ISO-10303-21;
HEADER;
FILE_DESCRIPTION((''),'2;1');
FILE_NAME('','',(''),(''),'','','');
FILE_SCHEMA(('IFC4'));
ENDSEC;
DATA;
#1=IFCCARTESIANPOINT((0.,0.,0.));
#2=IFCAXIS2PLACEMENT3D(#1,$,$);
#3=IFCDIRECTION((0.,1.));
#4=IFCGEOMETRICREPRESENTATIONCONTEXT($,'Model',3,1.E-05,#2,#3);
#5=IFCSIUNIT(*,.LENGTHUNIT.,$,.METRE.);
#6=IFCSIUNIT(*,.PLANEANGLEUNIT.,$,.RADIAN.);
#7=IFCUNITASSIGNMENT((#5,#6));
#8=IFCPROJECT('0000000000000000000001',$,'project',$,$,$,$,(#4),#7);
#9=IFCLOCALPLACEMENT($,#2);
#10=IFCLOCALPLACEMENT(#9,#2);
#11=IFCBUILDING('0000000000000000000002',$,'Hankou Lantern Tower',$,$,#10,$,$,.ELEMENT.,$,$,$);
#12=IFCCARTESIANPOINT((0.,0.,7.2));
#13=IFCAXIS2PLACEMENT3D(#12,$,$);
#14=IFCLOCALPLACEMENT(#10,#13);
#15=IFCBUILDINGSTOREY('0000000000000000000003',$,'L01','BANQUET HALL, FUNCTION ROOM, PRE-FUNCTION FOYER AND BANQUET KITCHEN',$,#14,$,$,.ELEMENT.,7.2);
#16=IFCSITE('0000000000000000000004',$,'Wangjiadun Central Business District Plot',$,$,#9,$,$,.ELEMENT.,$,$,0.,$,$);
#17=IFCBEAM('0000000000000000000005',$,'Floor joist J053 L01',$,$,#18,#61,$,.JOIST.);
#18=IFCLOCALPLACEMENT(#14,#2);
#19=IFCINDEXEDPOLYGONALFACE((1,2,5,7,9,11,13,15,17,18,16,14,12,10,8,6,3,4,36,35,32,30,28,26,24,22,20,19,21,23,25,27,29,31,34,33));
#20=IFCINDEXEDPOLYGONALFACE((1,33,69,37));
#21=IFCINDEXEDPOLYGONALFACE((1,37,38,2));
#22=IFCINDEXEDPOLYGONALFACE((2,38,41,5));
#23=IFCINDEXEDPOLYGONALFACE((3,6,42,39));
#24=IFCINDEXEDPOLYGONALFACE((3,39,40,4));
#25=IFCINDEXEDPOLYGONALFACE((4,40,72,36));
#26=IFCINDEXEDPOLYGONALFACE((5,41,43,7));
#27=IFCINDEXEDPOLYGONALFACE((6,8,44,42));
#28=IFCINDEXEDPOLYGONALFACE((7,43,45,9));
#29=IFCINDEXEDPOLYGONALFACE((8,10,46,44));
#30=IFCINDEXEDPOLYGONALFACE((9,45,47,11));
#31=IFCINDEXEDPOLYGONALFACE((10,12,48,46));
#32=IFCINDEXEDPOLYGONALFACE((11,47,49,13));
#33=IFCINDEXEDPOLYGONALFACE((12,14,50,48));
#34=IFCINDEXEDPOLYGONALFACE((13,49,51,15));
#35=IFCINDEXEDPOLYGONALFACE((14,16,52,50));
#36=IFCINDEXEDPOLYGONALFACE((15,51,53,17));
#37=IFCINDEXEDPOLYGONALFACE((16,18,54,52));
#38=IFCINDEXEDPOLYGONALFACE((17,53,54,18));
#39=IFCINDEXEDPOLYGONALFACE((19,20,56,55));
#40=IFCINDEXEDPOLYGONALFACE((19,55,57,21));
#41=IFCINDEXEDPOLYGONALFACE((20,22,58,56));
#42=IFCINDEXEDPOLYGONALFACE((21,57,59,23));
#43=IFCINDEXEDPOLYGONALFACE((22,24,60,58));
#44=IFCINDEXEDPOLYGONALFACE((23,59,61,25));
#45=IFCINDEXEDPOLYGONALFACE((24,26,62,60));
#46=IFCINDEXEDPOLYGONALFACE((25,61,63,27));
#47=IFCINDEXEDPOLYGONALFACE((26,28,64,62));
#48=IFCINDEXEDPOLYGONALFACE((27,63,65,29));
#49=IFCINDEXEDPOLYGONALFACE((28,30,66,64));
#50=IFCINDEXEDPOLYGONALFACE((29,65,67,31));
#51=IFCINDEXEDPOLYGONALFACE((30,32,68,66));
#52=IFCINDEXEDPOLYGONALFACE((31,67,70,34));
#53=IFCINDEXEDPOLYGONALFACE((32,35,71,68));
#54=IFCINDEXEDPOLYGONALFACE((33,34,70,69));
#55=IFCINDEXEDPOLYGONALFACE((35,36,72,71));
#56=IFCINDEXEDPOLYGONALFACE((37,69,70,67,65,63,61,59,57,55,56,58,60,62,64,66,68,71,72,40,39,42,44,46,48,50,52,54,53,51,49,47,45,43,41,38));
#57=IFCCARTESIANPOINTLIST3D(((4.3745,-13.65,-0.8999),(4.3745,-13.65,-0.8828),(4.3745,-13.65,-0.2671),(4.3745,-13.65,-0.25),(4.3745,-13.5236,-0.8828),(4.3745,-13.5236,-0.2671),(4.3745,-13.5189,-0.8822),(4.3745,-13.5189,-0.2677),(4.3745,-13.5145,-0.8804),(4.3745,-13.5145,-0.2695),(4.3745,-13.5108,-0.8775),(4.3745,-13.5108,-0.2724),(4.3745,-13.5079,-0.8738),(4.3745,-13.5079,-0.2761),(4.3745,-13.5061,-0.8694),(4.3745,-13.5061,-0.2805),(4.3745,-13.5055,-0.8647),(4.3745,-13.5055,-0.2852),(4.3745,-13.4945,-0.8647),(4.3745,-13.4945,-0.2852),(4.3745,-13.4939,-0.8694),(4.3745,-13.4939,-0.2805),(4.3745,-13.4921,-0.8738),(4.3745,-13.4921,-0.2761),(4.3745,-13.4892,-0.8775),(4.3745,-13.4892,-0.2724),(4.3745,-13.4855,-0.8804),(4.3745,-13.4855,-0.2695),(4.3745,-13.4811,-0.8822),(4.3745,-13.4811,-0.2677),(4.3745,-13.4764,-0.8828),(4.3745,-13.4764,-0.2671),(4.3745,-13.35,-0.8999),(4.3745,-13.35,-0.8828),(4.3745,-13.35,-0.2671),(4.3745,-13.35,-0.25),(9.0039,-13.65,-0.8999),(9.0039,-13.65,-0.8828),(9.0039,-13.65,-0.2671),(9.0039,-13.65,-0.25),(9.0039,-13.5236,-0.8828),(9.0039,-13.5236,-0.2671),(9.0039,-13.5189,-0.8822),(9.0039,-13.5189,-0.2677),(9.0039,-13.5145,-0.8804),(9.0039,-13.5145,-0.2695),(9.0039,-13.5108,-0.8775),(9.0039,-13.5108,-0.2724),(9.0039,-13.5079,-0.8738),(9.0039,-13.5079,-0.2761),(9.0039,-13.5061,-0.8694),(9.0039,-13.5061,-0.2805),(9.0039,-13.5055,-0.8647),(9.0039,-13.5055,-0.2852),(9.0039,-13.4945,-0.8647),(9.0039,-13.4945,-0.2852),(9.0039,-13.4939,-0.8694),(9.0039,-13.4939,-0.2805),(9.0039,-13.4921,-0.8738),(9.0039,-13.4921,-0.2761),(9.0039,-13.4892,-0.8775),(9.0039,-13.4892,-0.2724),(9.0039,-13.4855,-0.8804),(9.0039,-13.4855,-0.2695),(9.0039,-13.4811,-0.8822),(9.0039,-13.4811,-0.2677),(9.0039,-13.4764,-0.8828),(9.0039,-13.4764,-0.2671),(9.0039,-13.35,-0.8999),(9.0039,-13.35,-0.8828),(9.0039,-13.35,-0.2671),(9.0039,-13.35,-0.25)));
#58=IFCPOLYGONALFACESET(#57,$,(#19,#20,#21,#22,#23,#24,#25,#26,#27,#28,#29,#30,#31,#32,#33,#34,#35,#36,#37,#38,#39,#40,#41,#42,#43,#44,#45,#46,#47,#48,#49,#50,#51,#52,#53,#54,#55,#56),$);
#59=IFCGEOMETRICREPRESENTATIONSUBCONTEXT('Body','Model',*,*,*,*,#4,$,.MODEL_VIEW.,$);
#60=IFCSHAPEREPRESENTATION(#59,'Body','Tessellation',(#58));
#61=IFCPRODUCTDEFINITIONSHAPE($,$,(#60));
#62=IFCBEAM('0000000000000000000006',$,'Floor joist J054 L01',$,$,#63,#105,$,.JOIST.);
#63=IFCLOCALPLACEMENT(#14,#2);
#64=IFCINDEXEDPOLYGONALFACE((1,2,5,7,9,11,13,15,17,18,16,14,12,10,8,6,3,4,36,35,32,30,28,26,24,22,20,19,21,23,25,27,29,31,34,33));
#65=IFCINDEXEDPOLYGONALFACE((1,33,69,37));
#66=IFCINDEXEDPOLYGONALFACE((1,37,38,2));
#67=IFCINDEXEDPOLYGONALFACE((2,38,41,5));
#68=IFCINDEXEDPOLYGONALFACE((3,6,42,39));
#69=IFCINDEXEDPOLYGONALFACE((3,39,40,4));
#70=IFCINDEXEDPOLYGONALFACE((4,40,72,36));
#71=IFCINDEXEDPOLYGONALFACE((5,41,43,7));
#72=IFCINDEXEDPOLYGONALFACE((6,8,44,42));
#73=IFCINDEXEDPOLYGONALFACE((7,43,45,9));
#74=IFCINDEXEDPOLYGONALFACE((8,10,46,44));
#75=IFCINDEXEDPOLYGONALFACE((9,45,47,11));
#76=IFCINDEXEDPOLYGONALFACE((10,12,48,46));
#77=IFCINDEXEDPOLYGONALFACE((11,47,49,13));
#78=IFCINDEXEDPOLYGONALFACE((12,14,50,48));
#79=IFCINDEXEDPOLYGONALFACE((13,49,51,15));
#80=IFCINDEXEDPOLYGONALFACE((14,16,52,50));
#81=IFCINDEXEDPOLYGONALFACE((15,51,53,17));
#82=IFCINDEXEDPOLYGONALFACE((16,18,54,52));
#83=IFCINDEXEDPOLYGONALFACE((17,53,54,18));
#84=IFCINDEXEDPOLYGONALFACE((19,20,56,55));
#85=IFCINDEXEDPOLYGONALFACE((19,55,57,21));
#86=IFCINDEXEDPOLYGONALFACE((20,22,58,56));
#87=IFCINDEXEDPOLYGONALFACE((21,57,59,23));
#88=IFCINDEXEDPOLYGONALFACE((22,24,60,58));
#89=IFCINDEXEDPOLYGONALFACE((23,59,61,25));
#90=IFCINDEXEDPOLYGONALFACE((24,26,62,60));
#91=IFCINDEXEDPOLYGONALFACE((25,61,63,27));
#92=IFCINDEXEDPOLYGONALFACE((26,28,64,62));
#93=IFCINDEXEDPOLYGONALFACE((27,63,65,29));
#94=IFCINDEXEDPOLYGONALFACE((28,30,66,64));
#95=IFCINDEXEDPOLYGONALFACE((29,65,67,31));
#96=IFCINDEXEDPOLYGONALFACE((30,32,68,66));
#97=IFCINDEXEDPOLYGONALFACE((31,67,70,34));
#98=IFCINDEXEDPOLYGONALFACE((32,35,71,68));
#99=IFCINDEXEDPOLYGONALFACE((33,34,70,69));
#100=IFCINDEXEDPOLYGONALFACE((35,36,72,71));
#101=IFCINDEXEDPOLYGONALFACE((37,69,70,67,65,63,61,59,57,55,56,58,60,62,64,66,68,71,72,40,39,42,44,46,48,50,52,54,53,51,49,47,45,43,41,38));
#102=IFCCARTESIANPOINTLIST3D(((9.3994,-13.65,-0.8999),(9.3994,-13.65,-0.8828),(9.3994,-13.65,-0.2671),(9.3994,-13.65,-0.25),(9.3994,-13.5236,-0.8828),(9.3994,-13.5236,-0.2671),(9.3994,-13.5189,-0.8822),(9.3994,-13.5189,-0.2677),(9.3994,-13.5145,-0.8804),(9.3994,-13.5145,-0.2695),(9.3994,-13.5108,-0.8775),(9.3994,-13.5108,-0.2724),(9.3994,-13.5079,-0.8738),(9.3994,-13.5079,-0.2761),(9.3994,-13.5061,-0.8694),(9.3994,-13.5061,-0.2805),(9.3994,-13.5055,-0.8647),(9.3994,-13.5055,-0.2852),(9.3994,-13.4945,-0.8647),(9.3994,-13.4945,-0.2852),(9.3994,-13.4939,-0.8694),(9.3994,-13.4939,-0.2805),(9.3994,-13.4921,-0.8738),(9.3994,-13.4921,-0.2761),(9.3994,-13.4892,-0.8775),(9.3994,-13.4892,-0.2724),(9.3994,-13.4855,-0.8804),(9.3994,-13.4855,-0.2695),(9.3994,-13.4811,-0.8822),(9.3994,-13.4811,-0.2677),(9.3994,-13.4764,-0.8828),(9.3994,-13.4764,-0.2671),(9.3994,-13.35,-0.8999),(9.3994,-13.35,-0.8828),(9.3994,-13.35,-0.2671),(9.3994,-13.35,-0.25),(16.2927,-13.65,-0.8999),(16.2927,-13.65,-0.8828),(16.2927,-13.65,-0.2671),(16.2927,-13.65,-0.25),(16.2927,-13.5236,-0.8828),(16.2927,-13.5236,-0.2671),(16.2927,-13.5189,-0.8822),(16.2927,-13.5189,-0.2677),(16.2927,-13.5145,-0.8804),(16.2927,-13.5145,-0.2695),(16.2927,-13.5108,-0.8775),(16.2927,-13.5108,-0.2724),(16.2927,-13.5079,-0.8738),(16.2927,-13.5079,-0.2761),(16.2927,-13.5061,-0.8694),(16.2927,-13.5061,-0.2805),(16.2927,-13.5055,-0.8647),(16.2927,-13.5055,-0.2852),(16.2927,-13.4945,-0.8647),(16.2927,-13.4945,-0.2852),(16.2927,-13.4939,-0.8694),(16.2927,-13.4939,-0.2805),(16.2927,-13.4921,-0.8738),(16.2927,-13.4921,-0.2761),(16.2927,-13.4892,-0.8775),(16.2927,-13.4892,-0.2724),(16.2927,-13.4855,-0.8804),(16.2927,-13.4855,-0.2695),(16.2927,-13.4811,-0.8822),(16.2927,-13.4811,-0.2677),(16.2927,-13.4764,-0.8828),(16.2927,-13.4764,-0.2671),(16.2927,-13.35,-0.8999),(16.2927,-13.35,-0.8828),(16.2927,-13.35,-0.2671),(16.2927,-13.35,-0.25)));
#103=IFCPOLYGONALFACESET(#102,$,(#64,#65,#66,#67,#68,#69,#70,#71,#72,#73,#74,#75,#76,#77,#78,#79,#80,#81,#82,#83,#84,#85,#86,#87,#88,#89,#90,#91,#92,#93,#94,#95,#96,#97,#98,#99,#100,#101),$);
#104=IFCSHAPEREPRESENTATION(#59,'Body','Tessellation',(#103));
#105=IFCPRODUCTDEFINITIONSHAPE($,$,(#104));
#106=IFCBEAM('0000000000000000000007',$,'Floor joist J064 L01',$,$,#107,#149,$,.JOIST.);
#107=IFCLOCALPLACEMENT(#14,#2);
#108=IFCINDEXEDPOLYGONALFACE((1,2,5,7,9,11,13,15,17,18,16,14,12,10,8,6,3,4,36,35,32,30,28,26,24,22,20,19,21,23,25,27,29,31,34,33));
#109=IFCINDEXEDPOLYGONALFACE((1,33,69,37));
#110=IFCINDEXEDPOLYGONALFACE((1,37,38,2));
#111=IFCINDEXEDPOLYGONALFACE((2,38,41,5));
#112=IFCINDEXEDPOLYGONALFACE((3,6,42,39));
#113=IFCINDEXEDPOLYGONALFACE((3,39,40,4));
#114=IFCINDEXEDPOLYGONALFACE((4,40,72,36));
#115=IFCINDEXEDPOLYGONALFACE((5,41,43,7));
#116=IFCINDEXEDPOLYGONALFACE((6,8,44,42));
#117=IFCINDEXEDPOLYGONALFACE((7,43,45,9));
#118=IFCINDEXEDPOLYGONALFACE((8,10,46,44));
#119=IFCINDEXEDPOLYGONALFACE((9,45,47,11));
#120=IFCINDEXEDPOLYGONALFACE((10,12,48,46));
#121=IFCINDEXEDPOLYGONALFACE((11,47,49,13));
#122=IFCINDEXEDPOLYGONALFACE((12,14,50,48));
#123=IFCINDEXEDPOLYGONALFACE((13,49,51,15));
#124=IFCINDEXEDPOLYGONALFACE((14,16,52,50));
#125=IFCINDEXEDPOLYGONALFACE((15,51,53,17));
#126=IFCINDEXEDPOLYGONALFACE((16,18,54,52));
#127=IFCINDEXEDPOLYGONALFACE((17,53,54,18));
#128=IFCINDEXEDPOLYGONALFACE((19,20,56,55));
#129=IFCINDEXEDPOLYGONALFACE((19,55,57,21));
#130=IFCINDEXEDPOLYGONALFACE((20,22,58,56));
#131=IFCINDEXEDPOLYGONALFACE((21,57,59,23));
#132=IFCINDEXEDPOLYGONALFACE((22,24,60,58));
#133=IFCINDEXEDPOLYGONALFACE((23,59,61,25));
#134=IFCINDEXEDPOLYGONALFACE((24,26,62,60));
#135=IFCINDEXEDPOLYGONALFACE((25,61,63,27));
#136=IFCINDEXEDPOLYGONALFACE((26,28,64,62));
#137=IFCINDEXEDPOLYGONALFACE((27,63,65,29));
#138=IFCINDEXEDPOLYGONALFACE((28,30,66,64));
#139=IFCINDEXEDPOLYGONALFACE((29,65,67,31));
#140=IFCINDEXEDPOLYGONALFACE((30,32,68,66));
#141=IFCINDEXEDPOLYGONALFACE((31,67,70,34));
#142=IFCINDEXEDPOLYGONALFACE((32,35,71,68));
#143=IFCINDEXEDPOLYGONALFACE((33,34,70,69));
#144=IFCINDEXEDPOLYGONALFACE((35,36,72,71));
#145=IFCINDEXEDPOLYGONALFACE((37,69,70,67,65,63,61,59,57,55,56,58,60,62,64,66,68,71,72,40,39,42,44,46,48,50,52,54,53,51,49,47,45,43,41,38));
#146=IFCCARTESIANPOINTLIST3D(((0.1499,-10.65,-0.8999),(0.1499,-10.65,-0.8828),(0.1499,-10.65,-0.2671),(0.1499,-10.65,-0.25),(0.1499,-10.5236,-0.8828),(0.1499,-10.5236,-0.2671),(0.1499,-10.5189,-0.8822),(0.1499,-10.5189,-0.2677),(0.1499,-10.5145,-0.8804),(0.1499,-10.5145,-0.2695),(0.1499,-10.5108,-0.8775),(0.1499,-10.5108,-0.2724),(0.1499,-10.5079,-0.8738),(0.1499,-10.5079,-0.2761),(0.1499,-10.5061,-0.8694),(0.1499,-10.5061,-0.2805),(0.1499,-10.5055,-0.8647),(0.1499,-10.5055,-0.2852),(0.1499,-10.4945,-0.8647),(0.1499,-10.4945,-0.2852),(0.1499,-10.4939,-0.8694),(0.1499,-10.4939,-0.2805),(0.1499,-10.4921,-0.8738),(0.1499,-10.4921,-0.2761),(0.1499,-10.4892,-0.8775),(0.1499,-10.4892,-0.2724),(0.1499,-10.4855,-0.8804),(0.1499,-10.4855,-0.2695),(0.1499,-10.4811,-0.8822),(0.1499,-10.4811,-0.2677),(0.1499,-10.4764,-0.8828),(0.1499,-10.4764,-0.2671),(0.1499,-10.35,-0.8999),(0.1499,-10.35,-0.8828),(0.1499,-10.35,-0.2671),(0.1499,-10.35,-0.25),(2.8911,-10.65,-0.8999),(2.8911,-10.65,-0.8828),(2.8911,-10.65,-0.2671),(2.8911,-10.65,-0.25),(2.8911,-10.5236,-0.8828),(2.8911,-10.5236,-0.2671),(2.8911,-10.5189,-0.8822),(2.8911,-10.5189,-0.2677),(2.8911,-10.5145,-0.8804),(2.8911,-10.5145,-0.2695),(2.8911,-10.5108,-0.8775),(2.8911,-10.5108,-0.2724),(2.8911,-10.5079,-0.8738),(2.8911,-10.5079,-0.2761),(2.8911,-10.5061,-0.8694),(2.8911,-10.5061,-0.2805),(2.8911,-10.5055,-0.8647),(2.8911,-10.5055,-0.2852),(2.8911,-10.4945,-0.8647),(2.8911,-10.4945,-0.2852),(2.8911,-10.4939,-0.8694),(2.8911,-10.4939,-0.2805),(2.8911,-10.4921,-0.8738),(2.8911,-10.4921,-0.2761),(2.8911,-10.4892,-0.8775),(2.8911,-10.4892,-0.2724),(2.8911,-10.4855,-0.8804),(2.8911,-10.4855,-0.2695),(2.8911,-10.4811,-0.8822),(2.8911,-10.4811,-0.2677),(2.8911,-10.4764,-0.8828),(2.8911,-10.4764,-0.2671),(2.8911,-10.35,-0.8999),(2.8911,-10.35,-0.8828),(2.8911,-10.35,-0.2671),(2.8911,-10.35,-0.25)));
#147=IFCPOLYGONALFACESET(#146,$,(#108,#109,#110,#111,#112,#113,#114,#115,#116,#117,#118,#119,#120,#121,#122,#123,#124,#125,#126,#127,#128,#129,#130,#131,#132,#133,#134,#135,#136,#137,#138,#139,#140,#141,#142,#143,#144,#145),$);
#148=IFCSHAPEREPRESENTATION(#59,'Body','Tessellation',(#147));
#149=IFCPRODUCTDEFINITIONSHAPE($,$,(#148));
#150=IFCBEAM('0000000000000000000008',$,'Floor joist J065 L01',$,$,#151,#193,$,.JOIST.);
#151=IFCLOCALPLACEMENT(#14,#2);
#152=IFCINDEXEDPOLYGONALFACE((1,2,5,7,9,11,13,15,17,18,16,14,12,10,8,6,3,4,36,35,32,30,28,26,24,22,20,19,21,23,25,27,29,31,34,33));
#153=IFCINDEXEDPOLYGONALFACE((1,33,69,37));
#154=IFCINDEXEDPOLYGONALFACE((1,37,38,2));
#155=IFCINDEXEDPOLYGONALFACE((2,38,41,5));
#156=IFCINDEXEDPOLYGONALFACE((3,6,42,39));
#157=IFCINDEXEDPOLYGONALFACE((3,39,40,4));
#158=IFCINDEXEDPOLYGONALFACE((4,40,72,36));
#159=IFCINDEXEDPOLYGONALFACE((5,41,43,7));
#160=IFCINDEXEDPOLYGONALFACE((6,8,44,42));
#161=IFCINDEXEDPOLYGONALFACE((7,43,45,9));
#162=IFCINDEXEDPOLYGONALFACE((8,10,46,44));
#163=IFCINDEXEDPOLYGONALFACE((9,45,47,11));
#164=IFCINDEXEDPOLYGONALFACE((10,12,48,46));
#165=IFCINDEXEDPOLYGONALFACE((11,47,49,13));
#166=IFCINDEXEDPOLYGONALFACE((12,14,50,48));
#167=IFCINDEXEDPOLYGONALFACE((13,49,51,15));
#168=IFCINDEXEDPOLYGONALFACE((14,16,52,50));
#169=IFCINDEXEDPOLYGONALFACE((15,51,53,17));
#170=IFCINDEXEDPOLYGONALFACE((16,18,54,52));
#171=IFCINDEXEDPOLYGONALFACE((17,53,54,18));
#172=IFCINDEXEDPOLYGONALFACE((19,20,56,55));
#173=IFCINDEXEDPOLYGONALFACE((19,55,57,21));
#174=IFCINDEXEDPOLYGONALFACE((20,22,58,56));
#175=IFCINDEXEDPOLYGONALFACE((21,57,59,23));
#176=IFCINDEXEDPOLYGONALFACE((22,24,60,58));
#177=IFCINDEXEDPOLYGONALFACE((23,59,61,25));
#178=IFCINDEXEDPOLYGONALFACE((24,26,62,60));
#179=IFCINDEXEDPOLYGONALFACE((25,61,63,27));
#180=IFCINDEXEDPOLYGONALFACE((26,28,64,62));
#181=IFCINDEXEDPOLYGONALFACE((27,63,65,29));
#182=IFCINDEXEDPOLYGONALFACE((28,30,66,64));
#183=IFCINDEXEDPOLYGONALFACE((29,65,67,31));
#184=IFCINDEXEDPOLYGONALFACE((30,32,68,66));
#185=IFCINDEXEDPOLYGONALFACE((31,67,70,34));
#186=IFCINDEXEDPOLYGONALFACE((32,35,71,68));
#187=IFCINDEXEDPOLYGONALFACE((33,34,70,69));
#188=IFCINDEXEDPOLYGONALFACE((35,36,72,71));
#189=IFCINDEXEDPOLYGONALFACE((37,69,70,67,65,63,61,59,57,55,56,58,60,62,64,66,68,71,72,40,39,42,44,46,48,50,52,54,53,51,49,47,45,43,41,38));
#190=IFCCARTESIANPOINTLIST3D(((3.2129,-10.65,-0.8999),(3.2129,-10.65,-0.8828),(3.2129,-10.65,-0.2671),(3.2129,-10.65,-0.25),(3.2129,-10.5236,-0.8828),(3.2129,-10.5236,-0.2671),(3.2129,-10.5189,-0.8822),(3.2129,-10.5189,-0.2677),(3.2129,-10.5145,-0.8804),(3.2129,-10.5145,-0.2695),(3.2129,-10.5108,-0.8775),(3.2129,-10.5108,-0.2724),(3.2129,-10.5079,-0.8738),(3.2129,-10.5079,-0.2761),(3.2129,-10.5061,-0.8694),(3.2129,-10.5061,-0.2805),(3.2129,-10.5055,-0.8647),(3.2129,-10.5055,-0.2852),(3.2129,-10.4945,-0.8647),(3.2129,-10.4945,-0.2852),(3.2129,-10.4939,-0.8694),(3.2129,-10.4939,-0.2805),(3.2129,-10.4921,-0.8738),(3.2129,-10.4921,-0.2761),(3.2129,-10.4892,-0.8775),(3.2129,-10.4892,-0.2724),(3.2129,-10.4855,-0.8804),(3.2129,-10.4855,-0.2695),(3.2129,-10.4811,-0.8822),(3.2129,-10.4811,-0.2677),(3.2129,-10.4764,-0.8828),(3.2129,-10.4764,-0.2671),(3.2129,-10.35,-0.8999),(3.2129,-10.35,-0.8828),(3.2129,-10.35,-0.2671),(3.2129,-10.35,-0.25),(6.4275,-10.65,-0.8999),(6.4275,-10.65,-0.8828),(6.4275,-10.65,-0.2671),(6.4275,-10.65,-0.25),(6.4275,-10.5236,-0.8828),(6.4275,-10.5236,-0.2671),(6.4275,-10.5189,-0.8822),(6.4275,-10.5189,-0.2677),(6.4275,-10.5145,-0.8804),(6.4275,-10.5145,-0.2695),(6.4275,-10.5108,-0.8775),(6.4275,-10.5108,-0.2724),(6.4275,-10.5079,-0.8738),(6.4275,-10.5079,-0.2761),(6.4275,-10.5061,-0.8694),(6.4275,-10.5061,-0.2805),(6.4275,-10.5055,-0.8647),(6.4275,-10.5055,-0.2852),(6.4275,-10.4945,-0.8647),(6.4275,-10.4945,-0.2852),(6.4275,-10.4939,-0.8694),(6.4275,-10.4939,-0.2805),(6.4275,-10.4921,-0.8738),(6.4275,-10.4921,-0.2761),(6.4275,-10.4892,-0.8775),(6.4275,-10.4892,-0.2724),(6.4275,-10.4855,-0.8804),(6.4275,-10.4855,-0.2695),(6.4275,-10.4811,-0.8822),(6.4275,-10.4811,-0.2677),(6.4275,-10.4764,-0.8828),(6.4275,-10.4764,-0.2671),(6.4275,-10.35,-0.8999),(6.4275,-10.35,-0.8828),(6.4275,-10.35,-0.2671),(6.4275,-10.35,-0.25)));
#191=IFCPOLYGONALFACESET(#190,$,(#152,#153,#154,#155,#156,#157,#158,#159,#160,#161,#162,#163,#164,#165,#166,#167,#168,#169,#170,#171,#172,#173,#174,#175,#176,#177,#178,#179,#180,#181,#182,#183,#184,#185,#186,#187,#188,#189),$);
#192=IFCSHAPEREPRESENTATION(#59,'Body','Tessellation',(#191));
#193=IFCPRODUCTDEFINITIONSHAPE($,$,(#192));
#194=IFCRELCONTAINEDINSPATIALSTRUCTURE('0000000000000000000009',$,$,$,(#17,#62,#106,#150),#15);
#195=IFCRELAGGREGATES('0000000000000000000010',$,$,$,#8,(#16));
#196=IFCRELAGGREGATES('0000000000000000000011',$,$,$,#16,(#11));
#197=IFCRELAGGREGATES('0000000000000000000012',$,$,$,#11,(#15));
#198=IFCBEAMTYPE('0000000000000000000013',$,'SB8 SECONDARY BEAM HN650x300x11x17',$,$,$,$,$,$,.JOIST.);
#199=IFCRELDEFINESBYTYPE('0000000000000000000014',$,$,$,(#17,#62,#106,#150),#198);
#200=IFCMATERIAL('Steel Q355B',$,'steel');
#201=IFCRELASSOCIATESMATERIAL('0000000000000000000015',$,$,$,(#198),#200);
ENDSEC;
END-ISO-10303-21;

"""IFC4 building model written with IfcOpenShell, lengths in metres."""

from ifc_helpers import new_model, si_unit, direction, frame, origin, origin_2d, place, context, subcontext, project, spatial, i_section, extrude, material, material_profile, profile_set, type_object, element, save


model = new_model("IFC4")

# Units and contexts
model_context = context("Model", 3, precision=1e-05, world=origin(), true_north=direction((0.0, 1.0)))
body_context = subcontext(model_context, "Body", "Model", "MODEL_VIEW")
ifc_project = project(units=[si_unit("LENGTHUNIT", "METRE"), si_unit("PLANEANGLEUNIT", "RADIAN")], contexts=[model_context])

# Site, building, storey
site_placement = place(None, origin())
site = spatial("IfcSite", under=ifc_project, at=site_placement, Name="Wangjiadun Central Business District Plot", CompositionType="ELEMENT", RefElevation=0.0)
building_placement = place(site_placement, origin())
building = spatial("IfcBuilding", under=site, at=building_placement, Name="Hankou Lantern Tower", CompositionType="ELEMENT")
storey_placement = place(building_placement, frame((0.0, 0.0, 7.2)))
storey = spatial("IfcBuildingStorey", under=building, at=storey_placement, Name="L01", Description="BANQUET HALL, FUNCTION ROOM, PRE-FUNCTION FOYER AND BANQUET KITCHEN", CompositionType="ELEMENT", Elevation=7.2)

# Beams
ifc_material_1 = material(Name="Steel Q355B", Category="steel")
ifc_material_profile_1 = material_profile(ifc_material_1, i_section(OverallWidth=0.3, OverallDepth=0.6499, WebThickness=0.011, FlangeThickness=0.0171, FilletRadius=0.0181, at=origin_2d()), Name="HN650x300x11x17")
ifc_profile_set_1 = profile_set([ifc_material_profile_1], Name="Steel Q355B")
beam_type_1 = type_object("IfcBeamType", Name="SB8 SECONDARY BEAM HN650x300x11x17", PredefinedType="JOIST", material=ifc_profile_set_1)
beam_1_placement = place(storey_placement, frame((4.3745, -13.5, -0.575), z_axis=(1.0, 0.0, 0.0), x_axis=(0.0, 1.0, 0.0)))
element("IfcBeam", 1, at=beam_1_placement, inside=storey, type_object=beam_type_1, Name="Floor joist J053 L01", PredefinedType="JOIST", context=body_context, shape_type="SweptSolid", body=[
    extrude(i_section(OverallWidth=0.3, OverallDepth=0.6499, WebThickness=0.011, FlangeThickness=0.0171, FilletRadius=0.0181, at=origin_2d()), origin(), (0.0, 0.0, 1.0), 4.6294),
])
beam_2_placement = place(storey_placement, frame((9.3994, -13.5, -0.575), z_axis=(1.0, 0.0, 0.0), x_axis=(0.0, 1.0, 0.0)))
element("IfcBeam", 2, at=beam_2_placement, inside=storey, type_object=beam_type_1, Name="Floor joist J054 L01", PredefinedType="JOIST", context=body_context, shape_type="SweptSolid", body=[
    extrude(i_section(OverallWidth=0.3, OverallDepth=0.6499, WebThickness=0.011, FlangeThickness=0.0171, FilletRadius=0.0181, at=origin_2d()), origin(), (0.0, 0.0, 1.0), 6.8933),
])
beam_3_placement = place(storey_placement, frame((0.1499, -10.5, -0.575), z_axis=(1.0, 0.0, 0.0), x_axis=(0.0, 1.0, 0.0)))
element("IfcBeam", 3, at=beam_3_placement, inside=storey, type_object=beam_type_1, Name="Floor joist J064 L01", PredefinedType="JOIST", context=body_context, shape_type="SweptSolid", body=[
    extrude(i_section(OverallWidth=0.3, OverallDepth=0.6499, WebThickness=0.011, FlangeThickness=0.0171, FilletRadius=0.0181, at=origin_2d()), origin(), (0.0, 0.0, 1.0), 2.7412),
])
beam_4_placement = place(storey_placement, frame((3.2129, -10.5, -0.575), z_axis=(1.0, 0.0, 0.0), x_axis=(0.0, 1.0, 0.0)))
element("IfcBeam", 4, at=beam_4_placement, inside=storey, type_object=beam_type_1, Name="Floor joist J065 L01", PredefinedType="JOIST", context=body_context, shape_type="SweptSolid", body=[
    extrude(i_section(OverallWidth=0.3, OverallDepth=0.6499, WebThickness=0.011, FlangeThickness=0.0171, FilletRadius=0.0181, at=origin_2d()), origin(), (0.0, 0.0, 1.0), 3.2146),
])

save(model, "model.ifc")
